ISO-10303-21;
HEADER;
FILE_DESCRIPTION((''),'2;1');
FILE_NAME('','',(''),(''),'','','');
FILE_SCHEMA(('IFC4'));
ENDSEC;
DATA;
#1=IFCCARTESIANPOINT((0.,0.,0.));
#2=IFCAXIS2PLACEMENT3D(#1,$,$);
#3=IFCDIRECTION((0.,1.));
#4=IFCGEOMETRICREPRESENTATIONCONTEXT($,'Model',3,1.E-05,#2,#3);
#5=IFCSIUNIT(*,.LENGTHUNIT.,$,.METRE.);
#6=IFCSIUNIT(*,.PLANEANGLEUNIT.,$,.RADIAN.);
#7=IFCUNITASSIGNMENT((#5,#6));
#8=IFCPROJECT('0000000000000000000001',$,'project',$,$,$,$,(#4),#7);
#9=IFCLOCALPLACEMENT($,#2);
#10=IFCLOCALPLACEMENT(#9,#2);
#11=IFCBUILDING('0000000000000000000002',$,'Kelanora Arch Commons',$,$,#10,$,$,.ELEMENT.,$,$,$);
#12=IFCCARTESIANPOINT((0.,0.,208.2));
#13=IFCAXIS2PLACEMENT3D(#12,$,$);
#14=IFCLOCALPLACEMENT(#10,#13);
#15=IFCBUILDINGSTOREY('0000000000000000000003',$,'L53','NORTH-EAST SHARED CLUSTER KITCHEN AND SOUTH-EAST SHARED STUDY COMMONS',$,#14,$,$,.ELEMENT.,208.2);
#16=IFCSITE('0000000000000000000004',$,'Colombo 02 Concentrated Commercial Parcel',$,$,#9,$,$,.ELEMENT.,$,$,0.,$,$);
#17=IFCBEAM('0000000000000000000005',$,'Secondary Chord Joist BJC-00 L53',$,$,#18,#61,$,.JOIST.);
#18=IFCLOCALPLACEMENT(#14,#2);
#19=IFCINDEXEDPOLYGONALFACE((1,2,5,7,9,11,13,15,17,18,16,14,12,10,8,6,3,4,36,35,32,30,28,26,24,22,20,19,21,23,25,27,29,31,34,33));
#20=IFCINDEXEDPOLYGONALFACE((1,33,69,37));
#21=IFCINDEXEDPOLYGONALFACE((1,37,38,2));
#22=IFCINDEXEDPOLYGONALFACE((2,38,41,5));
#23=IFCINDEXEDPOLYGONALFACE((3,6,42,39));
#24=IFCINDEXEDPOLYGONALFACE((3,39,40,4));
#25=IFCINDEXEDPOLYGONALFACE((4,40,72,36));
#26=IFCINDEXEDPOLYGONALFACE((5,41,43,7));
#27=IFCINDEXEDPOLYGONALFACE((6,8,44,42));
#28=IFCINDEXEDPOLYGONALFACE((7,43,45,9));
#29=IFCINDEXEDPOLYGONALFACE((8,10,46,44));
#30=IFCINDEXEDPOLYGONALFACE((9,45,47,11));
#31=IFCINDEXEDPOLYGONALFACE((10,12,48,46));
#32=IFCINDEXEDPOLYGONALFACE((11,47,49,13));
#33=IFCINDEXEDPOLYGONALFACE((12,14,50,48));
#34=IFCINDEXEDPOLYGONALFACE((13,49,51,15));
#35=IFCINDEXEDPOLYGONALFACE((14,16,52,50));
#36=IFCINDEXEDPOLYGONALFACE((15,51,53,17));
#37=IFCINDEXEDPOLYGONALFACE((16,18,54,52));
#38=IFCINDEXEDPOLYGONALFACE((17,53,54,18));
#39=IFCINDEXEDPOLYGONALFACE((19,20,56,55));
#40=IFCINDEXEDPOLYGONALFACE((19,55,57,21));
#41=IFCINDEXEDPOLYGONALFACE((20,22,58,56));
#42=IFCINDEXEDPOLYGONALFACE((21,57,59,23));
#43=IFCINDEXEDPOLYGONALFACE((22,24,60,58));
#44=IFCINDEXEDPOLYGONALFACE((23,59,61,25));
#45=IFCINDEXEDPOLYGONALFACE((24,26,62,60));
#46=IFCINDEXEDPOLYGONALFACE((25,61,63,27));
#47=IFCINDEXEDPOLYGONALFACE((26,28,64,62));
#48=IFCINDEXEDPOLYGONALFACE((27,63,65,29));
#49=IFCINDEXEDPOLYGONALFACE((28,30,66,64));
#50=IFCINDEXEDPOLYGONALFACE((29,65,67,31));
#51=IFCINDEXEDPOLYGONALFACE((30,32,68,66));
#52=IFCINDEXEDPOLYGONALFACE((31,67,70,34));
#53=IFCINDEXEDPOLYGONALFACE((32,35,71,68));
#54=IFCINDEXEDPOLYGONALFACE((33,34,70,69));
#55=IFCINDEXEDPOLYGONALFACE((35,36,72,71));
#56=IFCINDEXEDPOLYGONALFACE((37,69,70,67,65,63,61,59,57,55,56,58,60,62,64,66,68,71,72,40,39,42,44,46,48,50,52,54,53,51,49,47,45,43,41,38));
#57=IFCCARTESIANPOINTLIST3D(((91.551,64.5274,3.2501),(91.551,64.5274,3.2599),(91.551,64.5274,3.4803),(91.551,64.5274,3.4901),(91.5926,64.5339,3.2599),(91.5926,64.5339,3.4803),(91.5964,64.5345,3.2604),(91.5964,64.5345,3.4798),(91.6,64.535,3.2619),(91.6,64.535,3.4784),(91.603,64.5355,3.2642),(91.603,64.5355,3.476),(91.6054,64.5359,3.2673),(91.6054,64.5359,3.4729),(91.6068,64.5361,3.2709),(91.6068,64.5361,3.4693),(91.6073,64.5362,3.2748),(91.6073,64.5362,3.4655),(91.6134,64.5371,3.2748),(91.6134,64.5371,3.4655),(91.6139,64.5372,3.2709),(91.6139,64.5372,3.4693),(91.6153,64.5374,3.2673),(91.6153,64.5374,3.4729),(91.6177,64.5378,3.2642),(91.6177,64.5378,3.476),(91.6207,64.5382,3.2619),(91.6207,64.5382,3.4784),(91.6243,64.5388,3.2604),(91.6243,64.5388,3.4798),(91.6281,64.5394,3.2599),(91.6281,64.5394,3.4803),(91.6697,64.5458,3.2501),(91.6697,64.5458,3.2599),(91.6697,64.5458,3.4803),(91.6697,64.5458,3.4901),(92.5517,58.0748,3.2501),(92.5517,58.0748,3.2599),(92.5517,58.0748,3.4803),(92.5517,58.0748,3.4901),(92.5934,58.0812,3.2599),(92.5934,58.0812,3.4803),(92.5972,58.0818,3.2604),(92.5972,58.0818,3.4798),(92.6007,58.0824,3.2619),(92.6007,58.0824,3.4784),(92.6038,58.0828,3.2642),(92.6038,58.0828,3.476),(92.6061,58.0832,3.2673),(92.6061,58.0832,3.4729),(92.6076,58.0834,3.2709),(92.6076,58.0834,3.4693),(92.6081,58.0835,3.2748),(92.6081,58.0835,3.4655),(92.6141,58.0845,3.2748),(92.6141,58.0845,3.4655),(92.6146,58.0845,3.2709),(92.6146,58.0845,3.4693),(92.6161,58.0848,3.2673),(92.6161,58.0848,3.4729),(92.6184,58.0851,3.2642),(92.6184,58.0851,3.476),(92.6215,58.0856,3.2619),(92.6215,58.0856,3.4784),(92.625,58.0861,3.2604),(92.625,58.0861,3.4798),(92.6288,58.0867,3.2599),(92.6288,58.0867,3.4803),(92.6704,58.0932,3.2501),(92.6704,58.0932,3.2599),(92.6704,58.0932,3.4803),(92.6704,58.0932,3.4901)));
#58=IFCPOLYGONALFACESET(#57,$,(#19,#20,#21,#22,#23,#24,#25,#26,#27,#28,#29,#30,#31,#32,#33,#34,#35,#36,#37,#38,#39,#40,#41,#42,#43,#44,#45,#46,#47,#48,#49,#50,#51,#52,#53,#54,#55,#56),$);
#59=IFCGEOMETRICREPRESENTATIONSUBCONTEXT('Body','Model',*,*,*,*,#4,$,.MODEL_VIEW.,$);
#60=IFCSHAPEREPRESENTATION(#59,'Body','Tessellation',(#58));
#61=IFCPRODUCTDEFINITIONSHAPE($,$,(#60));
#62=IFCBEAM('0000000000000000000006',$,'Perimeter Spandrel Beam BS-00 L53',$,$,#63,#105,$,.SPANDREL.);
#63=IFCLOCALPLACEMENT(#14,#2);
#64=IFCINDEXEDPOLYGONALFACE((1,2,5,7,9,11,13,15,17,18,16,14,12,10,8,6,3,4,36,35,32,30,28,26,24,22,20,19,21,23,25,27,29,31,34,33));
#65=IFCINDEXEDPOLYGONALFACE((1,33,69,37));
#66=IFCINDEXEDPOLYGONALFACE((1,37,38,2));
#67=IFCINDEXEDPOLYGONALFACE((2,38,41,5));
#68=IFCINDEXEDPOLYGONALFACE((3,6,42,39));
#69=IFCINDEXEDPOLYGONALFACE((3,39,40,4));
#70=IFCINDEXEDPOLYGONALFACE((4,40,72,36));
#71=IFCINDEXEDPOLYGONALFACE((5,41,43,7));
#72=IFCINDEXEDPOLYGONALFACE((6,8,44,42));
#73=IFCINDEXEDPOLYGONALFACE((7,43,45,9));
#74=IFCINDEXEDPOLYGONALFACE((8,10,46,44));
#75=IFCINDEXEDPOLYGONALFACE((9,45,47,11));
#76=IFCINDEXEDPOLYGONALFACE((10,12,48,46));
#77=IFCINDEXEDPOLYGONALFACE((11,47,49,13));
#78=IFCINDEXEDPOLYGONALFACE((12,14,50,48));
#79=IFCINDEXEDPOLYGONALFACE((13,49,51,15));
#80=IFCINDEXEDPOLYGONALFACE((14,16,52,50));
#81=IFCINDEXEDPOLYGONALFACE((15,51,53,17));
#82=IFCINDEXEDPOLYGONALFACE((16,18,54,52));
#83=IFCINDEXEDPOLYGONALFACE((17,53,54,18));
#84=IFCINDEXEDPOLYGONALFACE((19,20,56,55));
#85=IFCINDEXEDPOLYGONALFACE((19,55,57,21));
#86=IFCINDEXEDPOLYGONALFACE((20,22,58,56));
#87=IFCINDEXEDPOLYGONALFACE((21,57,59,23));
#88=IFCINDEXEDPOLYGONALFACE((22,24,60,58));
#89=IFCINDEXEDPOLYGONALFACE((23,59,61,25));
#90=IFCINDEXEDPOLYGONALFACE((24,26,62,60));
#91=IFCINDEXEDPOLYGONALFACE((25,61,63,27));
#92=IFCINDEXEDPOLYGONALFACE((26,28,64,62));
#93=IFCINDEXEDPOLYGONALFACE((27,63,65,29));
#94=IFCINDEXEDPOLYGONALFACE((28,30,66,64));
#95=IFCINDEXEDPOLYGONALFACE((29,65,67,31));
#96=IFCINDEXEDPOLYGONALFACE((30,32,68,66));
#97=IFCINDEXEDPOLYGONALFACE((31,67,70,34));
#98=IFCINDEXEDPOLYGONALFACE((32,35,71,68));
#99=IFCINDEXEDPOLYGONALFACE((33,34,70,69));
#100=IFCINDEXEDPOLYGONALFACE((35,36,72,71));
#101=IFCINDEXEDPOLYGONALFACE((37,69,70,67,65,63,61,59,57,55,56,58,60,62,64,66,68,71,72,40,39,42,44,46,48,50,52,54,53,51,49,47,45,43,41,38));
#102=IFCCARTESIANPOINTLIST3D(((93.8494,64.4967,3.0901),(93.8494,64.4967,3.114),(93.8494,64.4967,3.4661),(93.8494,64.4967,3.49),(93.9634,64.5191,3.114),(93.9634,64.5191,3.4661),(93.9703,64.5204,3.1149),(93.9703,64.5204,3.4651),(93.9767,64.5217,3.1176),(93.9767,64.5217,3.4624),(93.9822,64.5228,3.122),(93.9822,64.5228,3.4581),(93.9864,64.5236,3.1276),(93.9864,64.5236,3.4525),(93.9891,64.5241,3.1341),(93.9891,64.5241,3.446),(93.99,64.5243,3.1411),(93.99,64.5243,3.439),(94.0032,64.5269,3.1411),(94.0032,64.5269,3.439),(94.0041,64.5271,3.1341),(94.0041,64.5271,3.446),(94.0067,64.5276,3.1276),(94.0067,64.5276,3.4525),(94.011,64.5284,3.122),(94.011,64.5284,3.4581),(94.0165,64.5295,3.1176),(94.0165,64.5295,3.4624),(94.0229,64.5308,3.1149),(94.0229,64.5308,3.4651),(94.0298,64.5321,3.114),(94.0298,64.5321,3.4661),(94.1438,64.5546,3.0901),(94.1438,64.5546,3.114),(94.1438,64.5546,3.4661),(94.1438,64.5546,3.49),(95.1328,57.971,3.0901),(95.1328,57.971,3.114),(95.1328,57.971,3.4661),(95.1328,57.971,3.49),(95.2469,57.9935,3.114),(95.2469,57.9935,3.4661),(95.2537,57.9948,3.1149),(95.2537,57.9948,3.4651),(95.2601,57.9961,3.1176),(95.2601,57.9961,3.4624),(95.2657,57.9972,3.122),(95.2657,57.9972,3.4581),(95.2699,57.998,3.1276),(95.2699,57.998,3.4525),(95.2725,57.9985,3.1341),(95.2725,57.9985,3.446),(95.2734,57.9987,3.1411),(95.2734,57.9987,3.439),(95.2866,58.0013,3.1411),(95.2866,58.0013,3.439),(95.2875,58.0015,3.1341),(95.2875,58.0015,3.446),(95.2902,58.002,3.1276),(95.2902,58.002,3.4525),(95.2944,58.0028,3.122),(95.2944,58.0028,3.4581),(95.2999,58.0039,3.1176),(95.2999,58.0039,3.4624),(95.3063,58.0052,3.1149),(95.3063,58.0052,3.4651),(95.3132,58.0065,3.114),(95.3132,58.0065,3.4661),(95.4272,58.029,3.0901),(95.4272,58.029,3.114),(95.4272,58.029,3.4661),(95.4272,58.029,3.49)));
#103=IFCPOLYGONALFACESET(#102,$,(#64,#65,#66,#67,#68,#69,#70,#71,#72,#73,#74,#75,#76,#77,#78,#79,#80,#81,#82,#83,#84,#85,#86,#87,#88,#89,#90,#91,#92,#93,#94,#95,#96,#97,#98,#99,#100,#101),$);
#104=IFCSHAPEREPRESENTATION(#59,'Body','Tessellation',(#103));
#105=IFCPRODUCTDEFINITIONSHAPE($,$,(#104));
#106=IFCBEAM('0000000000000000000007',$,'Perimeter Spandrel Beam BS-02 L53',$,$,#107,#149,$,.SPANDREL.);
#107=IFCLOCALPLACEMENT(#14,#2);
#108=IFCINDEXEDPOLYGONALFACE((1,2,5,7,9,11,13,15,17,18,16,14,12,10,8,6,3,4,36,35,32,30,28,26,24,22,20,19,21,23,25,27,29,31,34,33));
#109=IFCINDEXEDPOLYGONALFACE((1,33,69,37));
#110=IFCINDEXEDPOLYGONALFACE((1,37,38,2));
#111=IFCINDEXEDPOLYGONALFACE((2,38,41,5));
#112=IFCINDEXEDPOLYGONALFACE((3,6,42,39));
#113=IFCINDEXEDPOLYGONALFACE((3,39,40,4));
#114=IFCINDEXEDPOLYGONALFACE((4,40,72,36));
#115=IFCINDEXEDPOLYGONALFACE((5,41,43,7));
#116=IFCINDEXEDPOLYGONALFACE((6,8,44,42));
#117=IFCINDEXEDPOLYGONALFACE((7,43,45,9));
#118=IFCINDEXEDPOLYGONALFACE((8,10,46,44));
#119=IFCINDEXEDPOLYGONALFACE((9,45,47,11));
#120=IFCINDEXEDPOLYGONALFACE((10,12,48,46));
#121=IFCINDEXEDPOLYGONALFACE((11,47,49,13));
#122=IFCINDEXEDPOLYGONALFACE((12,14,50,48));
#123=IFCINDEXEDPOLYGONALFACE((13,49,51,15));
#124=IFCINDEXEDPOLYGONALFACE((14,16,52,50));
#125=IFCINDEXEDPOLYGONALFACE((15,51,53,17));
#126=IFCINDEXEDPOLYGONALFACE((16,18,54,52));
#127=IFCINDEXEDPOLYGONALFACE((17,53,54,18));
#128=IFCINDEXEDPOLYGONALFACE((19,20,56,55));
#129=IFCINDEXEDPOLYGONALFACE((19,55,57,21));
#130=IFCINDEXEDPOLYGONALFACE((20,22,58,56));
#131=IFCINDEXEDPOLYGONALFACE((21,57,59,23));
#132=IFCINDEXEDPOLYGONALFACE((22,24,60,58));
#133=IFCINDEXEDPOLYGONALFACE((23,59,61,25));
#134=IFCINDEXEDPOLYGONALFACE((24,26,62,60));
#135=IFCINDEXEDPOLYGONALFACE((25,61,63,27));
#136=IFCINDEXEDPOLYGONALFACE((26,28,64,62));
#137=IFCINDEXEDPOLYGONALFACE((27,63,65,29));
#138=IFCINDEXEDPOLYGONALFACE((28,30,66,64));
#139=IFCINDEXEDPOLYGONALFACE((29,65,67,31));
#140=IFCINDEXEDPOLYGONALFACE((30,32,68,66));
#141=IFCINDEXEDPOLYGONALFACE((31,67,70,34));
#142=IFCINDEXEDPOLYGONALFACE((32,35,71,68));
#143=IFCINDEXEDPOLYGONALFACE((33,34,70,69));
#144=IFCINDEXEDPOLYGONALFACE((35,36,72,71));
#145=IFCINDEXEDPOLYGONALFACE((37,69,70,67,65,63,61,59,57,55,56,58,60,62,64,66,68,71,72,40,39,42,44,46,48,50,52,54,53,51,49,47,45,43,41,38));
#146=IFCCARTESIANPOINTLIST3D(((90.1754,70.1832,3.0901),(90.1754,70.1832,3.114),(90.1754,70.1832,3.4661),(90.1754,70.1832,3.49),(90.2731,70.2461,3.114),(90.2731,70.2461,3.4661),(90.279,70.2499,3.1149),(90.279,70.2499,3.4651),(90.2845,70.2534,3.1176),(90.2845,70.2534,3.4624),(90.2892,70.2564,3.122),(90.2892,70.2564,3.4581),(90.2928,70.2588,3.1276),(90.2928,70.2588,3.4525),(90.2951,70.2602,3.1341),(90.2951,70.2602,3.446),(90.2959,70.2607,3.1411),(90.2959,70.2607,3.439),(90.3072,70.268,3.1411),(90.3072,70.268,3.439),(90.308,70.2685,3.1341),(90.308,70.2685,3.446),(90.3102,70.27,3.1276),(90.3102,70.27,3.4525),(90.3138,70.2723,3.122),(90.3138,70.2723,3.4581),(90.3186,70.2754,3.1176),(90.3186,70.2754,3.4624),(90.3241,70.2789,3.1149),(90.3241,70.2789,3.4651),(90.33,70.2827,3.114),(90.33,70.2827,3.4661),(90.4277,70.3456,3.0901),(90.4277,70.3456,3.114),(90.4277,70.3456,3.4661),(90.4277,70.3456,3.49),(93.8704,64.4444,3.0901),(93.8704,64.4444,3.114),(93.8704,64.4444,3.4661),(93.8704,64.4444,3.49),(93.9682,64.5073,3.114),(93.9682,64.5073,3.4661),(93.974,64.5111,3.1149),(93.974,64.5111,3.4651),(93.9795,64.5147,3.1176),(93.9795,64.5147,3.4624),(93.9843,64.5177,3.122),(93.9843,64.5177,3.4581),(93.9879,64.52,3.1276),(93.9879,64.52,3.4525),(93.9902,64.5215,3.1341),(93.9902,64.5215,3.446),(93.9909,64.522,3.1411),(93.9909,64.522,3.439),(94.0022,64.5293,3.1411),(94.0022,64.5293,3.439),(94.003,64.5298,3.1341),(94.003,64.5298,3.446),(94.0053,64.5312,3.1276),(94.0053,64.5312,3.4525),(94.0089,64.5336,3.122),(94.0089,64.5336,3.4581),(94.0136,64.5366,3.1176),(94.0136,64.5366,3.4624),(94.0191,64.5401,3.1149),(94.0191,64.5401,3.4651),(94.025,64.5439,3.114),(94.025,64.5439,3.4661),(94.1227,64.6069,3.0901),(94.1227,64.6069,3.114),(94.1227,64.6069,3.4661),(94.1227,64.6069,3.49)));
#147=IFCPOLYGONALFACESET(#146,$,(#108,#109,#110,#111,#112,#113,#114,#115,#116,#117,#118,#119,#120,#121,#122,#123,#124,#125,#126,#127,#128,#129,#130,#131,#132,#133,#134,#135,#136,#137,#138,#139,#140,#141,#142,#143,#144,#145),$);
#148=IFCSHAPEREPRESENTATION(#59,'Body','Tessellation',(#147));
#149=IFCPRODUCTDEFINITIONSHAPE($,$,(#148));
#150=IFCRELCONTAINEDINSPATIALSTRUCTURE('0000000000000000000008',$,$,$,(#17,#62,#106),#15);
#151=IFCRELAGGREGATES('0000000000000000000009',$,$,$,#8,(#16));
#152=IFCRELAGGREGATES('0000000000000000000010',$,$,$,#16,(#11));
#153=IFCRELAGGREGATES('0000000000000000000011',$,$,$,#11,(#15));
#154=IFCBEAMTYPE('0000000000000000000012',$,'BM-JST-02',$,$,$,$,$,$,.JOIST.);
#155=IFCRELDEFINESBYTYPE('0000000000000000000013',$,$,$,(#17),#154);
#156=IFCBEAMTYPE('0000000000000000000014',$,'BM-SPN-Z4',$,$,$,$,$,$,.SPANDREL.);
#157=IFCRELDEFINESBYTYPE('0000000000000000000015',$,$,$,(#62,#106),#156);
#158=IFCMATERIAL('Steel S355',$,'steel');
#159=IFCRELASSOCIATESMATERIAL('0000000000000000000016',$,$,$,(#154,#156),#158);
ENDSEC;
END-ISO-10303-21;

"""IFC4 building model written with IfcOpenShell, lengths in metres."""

from ifc_helpers import new_model, si_unit, direction, frame, origin, origin_2d, place, context, subcontext, project, spatial, i_section, extrude, material, material_profile, profile_set, type_object, element, save


model = new_model("IFC4")

# Units and contexts
model_context = context("Model", 3, precision=1e-05, world=origin(), true_north=direction((0.0, 1.0)))
body_context = subcontext(model_context, "Body", "Model", "MODEL_VIEW")
ifc_project = project(units=[si_unit("LENGTHUNIT", "METRE"), si_unit("PLANEANGLEUNIT", "RADIAN")], contexts=[model_context])

# Site, building, storey
site_placement = place(None, origin())
site = spatial("IfcSite", under=ifc_project, at=site_placement, Name="Colombo 02 Concentrated Commercial Parcel", CompositionType="ELEMENT", RefElevation=0.0)
building_placement = place(site_placement, origin())
building = spatial("IfcBuilding", under=site, at=building_placement, Name="Kelanora Arch Commons", CompositionType="ELEMENT")
storey_placement = place(building_placement, frame((0.0, 0.0, 208.2)))
storey = spatial("IfcBuildingStorey", under=building, at=storey_placement, Name="L53", Description="NORTH-EAST SHARED CLUSTER KITCHEN AND SOUTH-EAST SHARED STUDY COMMONS", CompositionType="ELEMENT", Elevation=208.2)

# Beams
ifc_material_1 = material(Name="Steel S355", Category="steel")
ifc_material_profile_1 = material_profile(ifc_material_1, i_section(OverallWidth=0.1201, OverallDepth=0.24, WebThickness=0.0061, FlangeThickness=0.0098, FilletRadius=0.0149, at=origin_2d()), Name="IPE240")
ifc_profile_set_1 = profile_set([ifc_material_profile_1], Name="Steel S355")
beam_type_1 = type_object("IfcBeamType", Name="BM-JST-02", PredefinedType="JOIST", material=ifc_profile_set_1)
beam_1_placement = place(storey_placement, frame((92.6111, 58.084, 3.3701), z_axis=(-0.153257, 0.988186, 0.0), x_axis=(-0.988186, -0.153257, 0.0)))
element("IfcBeam", 1, at=beam_1_placement, inside=storey, type_object=beam_type_1, Name="Secondary Chord Joist BJC-00 L53", PredefinedType="JOIST", context=body_context, shape_type="SweptSolid", body=[
    extrude(i_section(OverallWidth=0.1201, OverallDepth=0.24, WebThickness=0.0061, FlangeThickness=0.0098, FilletRadius=0.0149, at=origin_2d()), origin(), (0.0, 0.0, 1.0), 6.5298),
])
ifc_material_profile_2 = material_profile(ifc_material_1, i_section(OverallWidth=0.3, OverallDepth=0.3999, WebThickness=0.0134, FlangeThickness=0.0239, FilletRadius=0.0271, at=origin_2d()), Name="HEB400")
ifc_profile_set_2 = profile_set([ifc_material_profile_2], Name="Steel S355")
beam_type_2 = type_object("IfcBeamType", Name="BM-SPN-Z4", PredefinedType="SPANDREL", material=ifc_profile_set_2)
beam_2_placement = place(storey_placement, frame((95.28, 58.0, 3.29), z_axis=(-0.192981, 0.981203, 0.0), x_axis=(-0.981203, -0.192981, 0.0)))
element("IfcBeam", 2, at=beam_2_placement, inside=storey, type_object=beam_type_2, Name="Perimeter Spandrel Beam BS-00 L53", PredefinedType="SPANDREL", context=body_context, shape_type="SweptSolid", body=[
    extrude(i_section(OverallWidth=0.3, OverallDepth=0.3999, WebThickness=0.0134, FlangeThickness=0.0239, FilletRadius=0.0271, at=origin_2d()), origin(), (0.0, 0.0, 1.0), 6.6506),
])
beam_3_placement = place(storey_placement, frame((93.9966, 64.5256, 3.29), z_axis=(-0.541365, 0.840788, 0.0), x_axis=(-0.840788, -0.541365, 0.0)))
element("IfcBeam", 3, at=beam_3_placement, inside=storey, type_object=beam_type_2, Name="Perimeter Spandrel Beam BS-02 L53", PredefinedType="SPANDREL", context=body_context, shape_type="SweptSolid", body=[
    extrude(i_section(OverallWidth=0.3, OverallDepth=0.3999, WebThickness=0.0134, FlangeThickness=0.0239, FilletRadius=0.0271, at=origin_2d()), origin(), (0.0, 0.0, 1.0), 6.8254),
])

save(model, "model.ifc")
